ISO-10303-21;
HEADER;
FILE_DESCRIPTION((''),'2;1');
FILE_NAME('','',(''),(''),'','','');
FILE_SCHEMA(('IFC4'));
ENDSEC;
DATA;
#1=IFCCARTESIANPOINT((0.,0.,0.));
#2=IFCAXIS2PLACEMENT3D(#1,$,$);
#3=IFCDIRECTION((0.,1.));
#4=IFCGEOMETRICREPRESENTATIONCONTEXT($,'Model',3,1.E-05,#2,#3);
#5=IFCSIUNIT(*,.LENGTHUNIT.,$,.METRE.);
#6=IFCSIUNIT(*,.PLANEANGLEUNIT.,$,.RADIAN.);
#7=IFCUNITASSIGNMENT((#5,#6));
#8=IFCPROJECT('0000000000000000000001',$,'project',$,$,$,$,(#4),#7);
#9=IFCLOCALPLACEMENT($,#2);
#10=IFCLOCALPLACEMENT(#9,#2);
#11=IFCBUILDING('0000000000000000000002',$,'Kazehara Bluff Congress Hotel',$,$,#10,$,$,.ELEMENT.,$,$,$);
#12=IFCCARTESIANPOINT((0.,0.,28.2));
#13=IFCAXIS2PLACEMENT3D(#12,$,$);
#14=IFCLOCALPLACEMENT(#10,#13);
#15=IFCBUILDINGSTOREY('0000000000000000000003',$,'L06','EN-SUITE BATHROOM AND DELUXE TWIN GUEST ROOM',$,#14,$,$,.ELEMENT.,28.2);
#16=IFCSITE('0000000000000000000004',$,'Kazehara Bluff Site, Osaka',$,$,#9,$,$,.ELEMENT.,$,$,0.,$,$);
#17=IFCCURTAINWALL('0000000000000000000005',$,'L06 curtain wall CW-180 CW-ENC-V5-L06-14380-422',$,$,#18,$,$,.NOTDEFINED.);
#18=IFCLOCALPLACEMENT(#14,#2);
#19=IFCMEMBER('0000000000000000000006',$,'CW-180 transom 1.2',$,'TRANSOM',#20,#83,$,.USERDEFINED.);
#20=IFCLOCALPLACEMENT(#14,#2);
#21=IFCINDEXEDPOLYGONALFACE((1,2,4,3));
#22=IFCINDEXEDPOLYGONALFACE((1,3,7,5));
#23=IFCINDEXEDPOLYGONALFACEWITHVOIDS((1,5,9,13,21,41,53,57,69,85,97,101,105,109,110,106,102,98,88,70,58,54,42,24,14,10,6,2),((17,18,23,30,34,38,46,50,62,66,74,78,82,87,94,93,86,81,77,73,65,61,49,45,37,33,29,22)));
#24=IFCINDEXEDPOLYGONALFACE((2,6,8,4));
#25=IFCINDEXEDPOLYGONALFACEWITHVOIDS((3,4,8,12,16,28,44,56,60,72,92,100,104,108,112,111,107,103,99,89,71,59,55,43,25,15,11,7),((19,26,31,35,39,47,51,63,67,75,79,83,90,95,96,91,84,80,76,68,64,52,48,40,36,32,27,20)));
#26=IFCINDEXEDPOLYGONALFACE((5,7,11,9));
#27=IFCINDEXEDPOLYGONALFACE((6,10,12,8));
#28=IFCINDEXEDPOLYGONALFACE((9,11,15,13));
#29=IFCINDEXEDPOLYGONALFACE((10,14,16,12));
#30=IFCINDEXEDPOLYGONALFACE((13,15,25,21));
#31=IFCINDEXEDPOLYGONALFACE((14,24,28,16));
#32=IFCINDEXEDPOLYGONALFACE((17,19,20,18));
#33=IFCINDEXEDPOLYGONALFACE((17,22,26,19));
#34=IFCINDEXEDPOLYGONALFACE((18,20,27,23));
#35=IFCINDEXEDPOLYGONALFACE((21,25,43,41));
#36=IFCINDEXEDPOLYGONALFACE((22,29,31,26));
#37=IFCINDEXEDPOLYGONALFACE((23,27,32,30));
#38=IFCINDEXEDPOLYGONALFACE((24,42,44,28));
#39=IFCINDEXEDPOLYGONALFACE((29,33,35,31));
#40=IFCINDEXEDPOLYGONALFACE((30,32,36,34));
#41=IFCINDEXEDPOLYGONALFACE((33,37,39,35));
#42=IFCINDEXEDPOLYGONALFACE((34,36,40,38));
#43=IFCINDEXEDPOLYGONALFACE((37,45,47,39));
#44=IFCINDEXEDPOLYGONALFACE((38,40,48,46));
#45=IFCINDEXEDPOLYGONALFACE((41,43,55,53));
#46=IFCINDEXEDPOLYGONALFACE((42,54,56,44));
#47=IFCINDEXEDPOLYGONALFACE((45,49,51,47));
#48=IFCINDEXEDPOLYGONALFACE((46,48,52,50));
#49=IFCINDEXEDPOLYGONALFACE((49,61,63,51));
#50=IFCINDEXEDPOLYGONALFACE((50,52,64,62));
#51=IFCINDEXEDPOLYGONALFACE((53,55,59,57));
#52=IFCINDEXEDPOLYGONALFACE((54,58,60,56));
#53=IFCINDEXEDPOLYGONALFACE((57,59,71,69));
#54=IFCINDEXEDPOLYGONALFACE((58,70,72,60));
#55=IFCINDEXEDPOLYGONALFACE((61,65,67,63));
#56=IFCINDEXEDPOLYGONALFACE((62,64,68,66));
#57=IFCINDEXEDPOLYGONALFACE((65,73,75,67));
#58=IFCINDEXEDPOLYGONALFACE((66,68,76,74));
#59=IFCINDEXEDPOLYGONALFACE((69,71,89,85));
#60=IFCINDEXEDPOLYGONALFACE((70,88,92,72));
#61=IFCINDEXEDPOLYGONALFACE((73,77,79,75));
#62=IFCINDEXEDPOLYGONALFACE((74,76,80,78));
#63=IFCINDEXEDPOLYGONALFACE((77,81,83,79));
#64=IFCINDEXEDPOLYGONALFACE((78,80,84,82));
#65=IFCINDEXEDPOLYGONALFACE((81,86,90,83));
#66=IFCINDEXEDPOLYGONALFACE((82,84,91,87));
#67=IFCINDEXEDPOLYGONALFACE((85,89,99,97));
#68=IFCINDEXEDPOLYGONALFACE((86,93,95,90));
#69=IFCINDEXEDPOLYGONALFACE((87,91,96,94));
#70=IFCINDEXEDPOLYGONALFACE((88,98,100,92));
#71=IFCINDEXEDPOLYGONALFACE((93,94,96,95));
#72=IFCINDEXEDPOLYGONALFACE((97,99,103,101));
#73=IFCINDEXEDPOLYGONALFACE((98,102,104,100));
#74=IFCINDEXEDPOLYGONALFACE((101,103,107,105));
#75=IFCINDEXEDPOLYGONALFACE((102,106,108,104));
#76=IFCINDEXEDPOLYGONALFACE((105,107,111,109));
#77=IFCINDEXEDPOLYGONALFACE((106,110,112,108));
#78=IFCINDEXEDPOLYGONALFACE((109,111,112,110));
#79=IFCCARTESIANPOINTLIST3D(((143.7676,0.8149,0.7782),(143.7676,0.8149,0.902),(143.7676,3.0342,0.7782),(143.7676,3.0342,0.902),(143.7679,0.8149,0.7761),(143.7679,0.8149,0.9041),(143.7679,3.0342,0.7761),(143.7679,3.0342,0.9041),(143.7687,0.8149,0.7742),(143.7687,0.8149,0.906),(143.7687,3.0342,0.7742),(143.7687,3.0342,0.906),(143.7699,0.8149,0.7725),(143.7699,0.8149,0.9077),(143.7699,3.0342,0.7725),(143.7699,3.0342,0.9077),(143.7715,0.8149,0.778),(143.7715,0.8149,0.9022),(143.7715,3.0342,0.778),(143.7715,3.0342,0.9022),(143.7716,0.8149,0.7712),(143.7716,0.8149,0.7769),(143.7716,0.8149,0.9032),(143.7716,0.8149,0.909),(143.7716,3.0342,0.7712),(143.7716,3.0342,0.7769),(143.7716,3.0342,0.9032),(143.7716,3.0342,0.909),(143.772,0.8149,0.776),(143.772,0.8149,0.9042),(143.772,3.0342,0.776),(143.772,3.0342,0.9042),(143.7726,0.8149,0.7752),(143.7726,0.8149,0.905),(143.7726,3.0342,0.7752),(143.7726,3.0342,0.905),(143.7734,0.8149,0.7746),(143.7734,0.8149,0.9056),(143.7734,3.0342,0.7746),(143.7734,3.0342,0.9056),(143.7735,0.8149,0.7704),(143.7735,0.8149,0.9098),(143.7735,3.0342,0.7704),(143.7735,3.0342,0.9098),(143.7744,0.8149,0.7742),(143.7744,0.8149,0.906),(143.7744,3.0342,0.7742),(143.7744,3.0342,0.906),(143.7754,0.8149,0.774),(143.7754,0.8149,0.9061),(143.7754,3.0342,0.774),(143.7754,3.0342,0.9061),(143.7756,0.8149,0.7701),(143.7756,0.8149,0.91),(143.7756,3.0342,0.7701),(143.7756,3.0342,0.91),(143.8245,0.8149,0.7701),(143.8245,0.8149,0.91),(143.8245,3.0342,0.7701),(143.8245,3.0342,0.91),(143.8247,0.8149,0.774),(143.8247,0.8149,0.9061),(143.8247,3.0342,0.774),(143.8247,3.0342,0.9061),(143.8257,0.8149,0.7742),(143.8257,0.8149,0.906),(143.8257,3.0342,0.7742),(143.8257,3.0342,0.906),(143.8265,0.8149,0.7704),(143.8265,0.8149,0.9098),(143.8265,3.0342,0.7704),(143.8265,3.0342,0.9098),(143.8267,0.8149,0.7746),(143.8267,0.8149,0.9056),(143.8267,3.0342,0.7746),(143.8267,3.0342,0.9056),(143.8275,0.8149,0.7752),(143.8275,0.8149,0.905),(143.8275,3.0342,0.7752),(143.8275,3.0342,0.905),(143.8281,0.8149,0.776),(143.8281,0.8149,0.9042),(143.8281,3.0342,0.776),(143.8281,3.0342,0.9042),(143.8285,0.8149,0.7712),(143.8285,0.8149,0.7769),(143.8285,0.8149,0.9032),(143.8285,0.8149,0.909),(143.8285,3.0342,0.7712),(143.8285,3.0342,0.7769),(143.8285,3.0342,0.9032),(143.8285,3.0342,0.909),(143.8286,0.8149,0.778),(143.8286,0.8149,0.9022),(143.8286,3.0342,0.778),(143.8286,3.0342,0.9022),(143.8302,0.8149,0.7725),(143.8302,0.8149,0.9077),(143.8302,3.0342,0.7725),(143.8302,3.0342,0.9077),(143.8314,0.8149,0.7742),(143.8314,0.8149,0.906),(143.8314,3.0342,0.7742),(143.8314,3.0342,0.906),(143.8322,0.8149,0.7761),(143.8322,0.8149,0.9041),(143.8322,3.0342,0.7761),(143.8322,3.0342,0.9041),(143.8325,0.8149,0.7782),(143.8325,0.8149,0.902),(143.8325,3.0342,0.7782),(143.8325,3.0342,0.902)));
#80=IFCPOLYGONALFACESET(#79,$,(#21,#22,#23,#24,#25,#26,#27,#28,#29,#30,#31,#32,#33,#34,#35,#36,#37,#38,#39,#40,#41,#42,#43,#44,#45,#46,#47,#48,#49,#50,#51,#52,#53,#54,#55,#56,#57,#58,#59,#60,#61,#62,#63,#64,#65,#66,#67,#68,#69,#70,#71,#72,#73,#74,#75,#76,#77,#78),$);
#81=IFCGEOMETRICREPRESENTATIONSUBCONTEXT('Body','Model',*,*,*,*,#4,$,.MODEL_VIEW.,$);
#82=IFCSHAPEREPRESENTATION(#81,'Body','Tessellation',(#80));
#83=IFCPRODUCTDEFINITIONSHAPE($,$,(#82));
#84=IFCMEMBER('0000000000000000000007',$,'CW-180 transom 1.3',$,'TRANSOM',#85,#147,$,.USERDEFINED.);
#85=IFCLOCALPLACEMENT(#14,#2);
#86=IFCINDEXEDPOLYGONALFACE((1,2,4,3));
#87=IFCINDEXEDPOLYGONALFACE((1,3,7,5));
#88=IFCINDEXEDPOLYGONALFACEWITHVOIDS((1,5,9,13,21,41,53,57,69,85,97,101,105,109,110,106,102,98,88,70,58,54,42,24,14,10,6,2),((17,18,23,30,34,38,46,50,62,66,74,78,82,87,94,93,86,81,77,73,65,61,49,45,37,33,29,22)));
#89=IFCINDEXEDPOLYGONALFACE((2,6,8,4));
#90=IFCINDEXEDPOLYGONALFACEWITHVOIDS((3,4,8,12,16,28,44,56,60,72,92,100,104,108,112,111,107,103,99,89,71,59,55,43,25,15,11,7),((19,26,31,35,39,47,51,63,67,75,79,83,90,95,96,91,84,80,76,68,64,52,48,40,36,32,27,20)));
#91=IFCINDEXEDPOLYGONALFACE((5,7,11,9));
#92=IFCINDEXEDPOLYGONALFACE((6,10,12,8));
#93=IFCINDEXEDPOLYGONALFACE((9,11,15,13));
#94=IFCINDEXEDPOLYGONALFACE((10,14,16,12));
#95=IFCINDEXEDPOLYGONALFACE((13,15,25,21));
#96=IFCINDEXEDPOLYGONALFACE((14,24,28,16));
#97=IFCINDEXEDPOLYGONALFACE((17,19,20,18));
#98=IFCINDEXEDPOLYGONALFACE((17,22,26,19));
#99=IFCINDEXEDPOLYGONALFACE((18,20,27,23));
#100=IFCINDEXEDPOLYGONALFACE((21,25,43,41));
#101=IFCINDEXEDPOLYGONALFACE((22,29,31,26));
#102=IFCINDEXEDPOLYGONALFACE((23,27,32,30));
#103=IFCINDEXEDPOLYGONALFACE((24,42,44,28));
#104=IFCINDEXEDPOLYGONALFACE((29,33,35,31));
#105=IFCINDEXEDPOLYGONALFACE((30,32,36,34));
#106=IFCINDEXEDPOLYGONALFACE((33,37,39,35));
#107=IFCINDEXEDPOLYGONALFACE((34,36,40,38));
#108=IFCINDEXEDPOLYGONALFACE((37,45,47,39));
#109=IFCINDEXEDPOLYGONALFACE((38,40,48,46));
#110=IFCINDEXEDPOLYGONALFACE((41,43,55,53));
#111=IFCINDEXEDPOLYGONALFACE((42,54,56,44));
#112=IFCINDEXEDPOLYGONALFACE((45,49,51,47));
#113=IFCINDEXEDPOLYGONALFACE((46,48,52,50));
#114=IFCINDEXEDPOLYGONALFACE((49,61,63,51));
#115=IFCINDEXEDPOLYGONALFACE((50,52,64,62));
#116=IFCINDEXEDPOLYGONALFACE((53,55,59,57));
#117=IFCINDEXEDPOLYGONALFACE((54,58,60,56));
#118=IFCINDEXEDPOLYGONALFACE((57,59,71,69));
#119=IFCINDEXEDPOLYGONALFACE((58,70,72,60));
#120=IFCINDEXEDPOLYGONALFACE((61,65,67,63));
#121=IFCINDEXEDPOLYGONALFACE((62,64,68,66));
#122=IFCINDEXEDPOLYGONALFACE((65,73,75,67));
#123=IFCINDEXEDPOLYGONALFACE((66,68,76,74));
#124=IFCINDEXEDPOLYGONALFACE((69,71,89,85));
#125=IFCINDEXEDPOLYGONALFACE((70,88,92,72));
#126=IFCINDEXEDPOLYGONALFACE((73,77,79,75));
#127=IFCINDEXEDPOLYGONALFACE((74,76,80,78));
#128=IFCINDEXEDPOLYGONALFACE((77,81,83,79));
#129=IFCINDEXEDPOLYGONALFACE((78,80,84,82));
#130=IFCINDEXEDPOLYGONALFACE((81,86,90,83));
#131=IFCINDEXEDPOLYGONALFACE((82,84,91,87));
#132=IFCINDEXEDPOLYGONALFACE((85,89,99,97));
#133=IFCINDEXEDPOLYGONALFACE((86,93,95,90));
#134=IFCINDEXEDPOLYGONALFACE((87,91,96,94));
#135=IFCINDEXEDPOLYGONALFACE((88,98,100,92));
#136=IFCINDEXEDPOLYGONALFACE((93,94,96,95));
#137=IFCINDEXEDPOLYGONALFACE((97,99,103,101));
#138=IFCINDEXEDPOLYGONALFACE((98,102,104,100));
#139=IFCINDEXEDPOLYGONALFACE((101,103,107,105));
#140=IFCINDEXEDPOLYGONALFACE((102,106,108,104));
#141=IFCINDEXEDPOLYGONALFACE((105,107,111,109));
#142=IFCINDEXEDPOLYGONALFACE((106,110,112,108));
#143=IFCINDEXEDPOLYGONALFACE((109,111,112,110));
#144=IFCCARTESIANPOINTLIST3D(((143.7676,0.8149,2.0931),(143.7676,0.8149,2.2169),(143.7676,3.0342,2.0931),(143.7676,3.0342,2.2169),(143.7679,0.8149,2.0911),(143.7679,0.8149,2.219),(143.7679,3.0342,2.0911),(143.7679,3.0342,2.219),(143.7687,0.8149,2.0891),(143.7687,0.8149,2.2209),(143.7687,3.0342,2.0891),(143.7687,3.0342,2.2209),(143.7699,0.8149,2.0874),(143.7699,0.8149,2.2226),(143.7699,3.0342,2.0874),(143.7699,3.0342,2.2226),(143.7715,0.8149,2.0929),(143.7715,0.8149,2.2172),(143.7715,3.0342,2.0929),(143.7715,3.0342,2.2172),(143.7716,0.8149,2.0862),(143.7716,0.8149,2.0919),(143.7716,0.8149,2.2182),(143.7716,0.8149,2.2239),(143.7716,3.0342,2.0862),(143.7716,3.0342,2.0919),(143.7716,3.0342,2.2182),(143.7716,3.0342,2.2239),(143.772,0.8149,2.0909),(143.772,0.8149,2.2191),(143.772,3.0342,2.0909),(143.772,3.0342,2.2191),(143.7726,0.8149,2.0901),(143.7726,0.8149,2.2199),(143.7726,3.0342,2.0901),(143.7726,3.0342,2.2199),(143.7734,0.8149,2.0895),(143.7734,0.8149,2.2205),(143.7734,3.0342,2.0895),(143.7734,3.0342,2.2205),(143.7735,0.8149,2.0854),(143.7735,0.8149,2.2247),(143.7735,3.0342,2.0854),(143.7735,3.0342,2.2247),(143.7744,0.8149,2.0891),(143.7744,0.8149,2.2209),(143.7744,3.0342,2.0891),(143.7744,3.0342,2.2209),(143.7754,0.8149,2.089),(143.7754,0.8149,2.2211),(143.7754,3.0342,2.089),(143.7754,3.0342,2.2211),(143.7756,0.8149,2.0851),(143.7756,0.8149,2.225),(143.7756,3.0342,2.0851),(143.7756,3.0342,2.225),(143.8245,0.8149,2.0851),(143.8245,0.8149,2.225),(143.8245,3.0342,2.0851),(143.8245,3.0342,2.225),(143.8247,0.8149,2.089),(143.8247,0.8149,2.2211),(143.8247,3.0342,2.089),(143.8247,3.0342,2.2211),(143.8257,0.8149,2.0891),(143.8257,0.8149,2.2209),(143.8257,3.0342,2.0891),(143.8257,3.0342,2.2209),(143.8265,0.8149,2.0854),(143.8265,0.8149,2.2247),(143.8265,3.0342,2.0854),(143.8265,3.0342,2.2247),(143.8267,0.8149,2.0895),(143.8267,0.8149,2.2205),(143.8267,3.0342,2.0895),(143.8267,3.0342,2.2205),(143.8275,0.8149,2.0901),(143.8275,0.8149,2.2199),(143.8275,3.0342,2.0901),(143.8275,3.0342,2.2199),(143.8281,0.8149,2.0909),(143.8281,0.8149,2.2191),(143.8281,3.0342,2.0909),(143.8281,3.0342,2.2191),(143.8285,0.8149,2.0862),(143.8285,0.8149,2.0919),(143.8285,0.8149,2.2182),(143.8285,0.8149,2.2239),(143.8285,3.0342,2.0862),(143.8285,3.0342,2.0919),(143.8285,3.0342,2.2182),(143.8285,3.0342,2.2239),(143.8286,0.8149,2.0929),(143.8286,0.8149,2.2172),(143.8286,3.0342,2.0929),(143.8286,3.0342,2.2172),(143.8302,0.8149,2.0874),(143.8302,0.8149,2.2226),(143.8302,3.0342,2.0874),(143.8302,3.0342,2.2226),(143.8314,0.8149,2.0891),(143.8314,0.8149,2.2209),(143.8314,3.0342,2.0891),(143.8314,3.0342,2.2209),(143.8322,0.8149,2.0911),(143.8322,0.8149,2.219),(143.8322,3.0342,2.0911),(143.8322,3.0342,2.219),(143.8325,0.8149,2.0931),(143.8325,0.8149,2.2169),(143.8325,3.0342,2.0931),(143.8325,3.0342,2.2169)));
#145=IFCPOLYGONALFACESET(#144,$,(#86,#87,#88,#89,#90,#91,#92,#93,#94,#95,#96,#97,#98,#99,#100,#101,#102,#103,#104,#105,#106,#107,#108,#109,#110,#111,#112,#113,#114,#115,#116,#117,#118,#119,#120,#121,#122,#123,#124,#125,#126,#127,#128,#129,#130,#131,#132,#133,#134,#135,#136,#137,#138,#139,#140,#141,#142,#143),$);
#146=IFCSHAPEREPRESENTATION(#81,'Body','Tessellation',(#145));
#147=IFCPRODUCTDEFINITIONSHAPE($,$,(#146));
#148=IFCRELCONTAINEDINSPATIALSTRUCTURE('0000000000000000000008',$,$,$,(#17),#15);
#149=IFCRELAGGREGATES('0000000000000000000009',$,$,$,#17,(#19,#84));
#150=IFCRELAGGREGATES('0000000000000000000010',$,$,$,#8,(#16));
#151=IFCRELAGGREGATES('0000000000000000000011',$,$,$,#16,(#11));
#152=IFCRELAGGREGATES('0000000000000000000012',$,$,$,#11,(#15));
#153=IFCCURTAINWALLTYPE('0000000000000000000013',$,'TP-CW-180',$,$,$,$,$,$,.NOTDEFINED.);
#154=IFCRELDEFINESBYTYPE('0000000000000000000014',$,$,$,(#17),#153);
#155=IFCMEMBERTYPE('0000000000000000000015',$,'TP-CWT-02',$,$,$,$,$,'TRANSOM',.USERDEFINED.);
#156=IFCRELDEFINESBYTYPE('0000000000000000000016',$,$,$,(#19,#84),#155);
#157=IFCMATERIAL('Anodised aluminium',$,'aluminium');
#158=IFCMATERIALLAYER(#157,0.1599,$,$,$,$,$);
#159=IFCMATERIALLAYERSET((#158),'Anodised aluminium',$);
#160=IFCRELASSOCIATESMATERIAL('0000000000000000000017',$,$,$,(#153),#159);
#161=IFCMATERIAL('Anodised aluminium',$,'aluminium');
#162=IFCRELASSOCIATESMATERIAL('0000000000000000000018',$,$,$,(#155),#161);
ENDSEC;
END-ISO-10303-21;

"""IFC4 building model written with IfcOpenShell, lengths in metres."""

from ifc_helpers import new_model, si_unit, direction, frame, origin, origin_2d, place, context, subcontext, project, spatial, hollow_rectangle, extrude, material, layer, layer_set, material_profile, profile_set, type_object, element, aggregate, save


model = new_model("IFC4")

# Units and contexts
model_context = context("Model", 3, precision=1e-05, world=origin(), true_north=direction((0.0, 1.0)))
body_context = subcontext(model_context, "Body", "Model", "MODEL_VIEW")
ifc_project = project(units=[si_unit("LENGTHUNIT", "METRE"), si_unit("PLANEANGLEUNIT", "RADIAN")], contexts=[model_context])

# Site, building, storey
site_placement = place(None, origin())
site = spatial("IfcSite", under=ifc_project, at=site_placement, Name="Kazehara Bluff Site, Osaka", CompositionType="ELEMENT", RefElevation=0.0)
building_placement = place(site_placement, origin())
building = spatial("IfcBuilding", under=site, at=building_placement, Name="Kazehara Bluff Congress Hotel", CompositionType="ELEMENT")
storey_placement = place(building_placement, frame((0.0, 0.0, 28.2)))
storey = spatial("IfcBuildingStorey", under=building, at=storey_placement, Name="L06", Description="EN-SUITE BATHROOM AND DELUXE TWIN GUEST ROOM", CompositionType="ELEMENT", Elevation=28.2)

# Curtain wall, members
ifc_material_1 = material(Name="Anodised aluminium", Category="aluminium")
ifc_layer_1 = layer(ifc_material_1, 0.1599)
ifc_layer_set_1 = layer_set([ifc_layer_1], Name="Anodised aluminium")
curtain_wall_type = type_object("IfcCurtainWallType", Name="TP-CW-180", PredefinedType="NOTDEFINED", material=ifc_layer_set_1)
curtain_wall_placement = place(storey_placement, origin())
curtain_wall = element("IfcCurtainWall", 1, at=curtain_wall_placement, inside=storey, type_object=curtain_wall_type, Name="L06 curtain wall CW-180 CW-ENC-V5-L06-14380-422", PredefinedType="NOTDEFINED")
ifc_material_2 = material(Name="Anodised aluminium", Category="aluminium")
ifc_material_profile_1 = material_profile(ifc_material_2, hollow_rectangle(XDim=0.0649, YDim=0.1399, WallThickness=0.0039, InnerFilletRadius=0.0039, OuterFilletRadius=0.0081, at=origin_2d()))
ifc_profile_set_1 = profile_set([ifc_material_profile_1], Name="Anodised aluminium")
member_type_1 = type_object("IfcMemberType", Name="TP-CWT-02", ElementType="TRANSOM", PredefinedType="USERDEFINED", material=ifc_profile_set_1)
member_1_placement = place(storey_placement, frame((143.8, 0.8149, 0.8401), z_axis=(0.0, 1.0, 0.0), x_axis=(-1.0, 0.0, 0.0)))
member_1 = element("IfcMember", 2, at=member_1_placement, type_object=member_type_1, Name="CW-180 transom 1.2", ObjectType="TRANSOM", PredefinedType="USERDEFINED", context=body_context, shape_type="SweptSolid", body=[
    extrude(hollow_rectangle(XDim=0.0649, YDim=0.1399, WallThickness=0.0039, InnerFilletRadius=0.0039, OuterFilletRadius=0.0081, at=origin_2d()), origin(), (0.0, 0.0, 1.0), 2.2192),
])
member_2_placement = place(storey_placement, frame((143.8, 0.8149, 2.155), z_axis=(0.0, 1.0, 0.0), x_axis=(-1.0, 0.0, 0.0)))
member_2 = element("IfcMember", 3, at=member_2_placement, type_object=member_type_1, Name="CW-180 transom 1.3", ObjectType="TRANSOM", PredefinedType="USERDEFINED", context=body_context, shape_type="SweptSolid", body=[
    extrude(hollow_rectangle(XDim=0.0649, YDim=0.1399, WallThickness=0.0039, InnerFilletRadius=0.0039, OuterFilletRadius=0.0081, at=origin_2d()), origin(), (0.0, 0.0, 1.0), 2.2192),
])
aggregate(curtain_wall, [member_1, member_2])

save(model, "model.ifc")
